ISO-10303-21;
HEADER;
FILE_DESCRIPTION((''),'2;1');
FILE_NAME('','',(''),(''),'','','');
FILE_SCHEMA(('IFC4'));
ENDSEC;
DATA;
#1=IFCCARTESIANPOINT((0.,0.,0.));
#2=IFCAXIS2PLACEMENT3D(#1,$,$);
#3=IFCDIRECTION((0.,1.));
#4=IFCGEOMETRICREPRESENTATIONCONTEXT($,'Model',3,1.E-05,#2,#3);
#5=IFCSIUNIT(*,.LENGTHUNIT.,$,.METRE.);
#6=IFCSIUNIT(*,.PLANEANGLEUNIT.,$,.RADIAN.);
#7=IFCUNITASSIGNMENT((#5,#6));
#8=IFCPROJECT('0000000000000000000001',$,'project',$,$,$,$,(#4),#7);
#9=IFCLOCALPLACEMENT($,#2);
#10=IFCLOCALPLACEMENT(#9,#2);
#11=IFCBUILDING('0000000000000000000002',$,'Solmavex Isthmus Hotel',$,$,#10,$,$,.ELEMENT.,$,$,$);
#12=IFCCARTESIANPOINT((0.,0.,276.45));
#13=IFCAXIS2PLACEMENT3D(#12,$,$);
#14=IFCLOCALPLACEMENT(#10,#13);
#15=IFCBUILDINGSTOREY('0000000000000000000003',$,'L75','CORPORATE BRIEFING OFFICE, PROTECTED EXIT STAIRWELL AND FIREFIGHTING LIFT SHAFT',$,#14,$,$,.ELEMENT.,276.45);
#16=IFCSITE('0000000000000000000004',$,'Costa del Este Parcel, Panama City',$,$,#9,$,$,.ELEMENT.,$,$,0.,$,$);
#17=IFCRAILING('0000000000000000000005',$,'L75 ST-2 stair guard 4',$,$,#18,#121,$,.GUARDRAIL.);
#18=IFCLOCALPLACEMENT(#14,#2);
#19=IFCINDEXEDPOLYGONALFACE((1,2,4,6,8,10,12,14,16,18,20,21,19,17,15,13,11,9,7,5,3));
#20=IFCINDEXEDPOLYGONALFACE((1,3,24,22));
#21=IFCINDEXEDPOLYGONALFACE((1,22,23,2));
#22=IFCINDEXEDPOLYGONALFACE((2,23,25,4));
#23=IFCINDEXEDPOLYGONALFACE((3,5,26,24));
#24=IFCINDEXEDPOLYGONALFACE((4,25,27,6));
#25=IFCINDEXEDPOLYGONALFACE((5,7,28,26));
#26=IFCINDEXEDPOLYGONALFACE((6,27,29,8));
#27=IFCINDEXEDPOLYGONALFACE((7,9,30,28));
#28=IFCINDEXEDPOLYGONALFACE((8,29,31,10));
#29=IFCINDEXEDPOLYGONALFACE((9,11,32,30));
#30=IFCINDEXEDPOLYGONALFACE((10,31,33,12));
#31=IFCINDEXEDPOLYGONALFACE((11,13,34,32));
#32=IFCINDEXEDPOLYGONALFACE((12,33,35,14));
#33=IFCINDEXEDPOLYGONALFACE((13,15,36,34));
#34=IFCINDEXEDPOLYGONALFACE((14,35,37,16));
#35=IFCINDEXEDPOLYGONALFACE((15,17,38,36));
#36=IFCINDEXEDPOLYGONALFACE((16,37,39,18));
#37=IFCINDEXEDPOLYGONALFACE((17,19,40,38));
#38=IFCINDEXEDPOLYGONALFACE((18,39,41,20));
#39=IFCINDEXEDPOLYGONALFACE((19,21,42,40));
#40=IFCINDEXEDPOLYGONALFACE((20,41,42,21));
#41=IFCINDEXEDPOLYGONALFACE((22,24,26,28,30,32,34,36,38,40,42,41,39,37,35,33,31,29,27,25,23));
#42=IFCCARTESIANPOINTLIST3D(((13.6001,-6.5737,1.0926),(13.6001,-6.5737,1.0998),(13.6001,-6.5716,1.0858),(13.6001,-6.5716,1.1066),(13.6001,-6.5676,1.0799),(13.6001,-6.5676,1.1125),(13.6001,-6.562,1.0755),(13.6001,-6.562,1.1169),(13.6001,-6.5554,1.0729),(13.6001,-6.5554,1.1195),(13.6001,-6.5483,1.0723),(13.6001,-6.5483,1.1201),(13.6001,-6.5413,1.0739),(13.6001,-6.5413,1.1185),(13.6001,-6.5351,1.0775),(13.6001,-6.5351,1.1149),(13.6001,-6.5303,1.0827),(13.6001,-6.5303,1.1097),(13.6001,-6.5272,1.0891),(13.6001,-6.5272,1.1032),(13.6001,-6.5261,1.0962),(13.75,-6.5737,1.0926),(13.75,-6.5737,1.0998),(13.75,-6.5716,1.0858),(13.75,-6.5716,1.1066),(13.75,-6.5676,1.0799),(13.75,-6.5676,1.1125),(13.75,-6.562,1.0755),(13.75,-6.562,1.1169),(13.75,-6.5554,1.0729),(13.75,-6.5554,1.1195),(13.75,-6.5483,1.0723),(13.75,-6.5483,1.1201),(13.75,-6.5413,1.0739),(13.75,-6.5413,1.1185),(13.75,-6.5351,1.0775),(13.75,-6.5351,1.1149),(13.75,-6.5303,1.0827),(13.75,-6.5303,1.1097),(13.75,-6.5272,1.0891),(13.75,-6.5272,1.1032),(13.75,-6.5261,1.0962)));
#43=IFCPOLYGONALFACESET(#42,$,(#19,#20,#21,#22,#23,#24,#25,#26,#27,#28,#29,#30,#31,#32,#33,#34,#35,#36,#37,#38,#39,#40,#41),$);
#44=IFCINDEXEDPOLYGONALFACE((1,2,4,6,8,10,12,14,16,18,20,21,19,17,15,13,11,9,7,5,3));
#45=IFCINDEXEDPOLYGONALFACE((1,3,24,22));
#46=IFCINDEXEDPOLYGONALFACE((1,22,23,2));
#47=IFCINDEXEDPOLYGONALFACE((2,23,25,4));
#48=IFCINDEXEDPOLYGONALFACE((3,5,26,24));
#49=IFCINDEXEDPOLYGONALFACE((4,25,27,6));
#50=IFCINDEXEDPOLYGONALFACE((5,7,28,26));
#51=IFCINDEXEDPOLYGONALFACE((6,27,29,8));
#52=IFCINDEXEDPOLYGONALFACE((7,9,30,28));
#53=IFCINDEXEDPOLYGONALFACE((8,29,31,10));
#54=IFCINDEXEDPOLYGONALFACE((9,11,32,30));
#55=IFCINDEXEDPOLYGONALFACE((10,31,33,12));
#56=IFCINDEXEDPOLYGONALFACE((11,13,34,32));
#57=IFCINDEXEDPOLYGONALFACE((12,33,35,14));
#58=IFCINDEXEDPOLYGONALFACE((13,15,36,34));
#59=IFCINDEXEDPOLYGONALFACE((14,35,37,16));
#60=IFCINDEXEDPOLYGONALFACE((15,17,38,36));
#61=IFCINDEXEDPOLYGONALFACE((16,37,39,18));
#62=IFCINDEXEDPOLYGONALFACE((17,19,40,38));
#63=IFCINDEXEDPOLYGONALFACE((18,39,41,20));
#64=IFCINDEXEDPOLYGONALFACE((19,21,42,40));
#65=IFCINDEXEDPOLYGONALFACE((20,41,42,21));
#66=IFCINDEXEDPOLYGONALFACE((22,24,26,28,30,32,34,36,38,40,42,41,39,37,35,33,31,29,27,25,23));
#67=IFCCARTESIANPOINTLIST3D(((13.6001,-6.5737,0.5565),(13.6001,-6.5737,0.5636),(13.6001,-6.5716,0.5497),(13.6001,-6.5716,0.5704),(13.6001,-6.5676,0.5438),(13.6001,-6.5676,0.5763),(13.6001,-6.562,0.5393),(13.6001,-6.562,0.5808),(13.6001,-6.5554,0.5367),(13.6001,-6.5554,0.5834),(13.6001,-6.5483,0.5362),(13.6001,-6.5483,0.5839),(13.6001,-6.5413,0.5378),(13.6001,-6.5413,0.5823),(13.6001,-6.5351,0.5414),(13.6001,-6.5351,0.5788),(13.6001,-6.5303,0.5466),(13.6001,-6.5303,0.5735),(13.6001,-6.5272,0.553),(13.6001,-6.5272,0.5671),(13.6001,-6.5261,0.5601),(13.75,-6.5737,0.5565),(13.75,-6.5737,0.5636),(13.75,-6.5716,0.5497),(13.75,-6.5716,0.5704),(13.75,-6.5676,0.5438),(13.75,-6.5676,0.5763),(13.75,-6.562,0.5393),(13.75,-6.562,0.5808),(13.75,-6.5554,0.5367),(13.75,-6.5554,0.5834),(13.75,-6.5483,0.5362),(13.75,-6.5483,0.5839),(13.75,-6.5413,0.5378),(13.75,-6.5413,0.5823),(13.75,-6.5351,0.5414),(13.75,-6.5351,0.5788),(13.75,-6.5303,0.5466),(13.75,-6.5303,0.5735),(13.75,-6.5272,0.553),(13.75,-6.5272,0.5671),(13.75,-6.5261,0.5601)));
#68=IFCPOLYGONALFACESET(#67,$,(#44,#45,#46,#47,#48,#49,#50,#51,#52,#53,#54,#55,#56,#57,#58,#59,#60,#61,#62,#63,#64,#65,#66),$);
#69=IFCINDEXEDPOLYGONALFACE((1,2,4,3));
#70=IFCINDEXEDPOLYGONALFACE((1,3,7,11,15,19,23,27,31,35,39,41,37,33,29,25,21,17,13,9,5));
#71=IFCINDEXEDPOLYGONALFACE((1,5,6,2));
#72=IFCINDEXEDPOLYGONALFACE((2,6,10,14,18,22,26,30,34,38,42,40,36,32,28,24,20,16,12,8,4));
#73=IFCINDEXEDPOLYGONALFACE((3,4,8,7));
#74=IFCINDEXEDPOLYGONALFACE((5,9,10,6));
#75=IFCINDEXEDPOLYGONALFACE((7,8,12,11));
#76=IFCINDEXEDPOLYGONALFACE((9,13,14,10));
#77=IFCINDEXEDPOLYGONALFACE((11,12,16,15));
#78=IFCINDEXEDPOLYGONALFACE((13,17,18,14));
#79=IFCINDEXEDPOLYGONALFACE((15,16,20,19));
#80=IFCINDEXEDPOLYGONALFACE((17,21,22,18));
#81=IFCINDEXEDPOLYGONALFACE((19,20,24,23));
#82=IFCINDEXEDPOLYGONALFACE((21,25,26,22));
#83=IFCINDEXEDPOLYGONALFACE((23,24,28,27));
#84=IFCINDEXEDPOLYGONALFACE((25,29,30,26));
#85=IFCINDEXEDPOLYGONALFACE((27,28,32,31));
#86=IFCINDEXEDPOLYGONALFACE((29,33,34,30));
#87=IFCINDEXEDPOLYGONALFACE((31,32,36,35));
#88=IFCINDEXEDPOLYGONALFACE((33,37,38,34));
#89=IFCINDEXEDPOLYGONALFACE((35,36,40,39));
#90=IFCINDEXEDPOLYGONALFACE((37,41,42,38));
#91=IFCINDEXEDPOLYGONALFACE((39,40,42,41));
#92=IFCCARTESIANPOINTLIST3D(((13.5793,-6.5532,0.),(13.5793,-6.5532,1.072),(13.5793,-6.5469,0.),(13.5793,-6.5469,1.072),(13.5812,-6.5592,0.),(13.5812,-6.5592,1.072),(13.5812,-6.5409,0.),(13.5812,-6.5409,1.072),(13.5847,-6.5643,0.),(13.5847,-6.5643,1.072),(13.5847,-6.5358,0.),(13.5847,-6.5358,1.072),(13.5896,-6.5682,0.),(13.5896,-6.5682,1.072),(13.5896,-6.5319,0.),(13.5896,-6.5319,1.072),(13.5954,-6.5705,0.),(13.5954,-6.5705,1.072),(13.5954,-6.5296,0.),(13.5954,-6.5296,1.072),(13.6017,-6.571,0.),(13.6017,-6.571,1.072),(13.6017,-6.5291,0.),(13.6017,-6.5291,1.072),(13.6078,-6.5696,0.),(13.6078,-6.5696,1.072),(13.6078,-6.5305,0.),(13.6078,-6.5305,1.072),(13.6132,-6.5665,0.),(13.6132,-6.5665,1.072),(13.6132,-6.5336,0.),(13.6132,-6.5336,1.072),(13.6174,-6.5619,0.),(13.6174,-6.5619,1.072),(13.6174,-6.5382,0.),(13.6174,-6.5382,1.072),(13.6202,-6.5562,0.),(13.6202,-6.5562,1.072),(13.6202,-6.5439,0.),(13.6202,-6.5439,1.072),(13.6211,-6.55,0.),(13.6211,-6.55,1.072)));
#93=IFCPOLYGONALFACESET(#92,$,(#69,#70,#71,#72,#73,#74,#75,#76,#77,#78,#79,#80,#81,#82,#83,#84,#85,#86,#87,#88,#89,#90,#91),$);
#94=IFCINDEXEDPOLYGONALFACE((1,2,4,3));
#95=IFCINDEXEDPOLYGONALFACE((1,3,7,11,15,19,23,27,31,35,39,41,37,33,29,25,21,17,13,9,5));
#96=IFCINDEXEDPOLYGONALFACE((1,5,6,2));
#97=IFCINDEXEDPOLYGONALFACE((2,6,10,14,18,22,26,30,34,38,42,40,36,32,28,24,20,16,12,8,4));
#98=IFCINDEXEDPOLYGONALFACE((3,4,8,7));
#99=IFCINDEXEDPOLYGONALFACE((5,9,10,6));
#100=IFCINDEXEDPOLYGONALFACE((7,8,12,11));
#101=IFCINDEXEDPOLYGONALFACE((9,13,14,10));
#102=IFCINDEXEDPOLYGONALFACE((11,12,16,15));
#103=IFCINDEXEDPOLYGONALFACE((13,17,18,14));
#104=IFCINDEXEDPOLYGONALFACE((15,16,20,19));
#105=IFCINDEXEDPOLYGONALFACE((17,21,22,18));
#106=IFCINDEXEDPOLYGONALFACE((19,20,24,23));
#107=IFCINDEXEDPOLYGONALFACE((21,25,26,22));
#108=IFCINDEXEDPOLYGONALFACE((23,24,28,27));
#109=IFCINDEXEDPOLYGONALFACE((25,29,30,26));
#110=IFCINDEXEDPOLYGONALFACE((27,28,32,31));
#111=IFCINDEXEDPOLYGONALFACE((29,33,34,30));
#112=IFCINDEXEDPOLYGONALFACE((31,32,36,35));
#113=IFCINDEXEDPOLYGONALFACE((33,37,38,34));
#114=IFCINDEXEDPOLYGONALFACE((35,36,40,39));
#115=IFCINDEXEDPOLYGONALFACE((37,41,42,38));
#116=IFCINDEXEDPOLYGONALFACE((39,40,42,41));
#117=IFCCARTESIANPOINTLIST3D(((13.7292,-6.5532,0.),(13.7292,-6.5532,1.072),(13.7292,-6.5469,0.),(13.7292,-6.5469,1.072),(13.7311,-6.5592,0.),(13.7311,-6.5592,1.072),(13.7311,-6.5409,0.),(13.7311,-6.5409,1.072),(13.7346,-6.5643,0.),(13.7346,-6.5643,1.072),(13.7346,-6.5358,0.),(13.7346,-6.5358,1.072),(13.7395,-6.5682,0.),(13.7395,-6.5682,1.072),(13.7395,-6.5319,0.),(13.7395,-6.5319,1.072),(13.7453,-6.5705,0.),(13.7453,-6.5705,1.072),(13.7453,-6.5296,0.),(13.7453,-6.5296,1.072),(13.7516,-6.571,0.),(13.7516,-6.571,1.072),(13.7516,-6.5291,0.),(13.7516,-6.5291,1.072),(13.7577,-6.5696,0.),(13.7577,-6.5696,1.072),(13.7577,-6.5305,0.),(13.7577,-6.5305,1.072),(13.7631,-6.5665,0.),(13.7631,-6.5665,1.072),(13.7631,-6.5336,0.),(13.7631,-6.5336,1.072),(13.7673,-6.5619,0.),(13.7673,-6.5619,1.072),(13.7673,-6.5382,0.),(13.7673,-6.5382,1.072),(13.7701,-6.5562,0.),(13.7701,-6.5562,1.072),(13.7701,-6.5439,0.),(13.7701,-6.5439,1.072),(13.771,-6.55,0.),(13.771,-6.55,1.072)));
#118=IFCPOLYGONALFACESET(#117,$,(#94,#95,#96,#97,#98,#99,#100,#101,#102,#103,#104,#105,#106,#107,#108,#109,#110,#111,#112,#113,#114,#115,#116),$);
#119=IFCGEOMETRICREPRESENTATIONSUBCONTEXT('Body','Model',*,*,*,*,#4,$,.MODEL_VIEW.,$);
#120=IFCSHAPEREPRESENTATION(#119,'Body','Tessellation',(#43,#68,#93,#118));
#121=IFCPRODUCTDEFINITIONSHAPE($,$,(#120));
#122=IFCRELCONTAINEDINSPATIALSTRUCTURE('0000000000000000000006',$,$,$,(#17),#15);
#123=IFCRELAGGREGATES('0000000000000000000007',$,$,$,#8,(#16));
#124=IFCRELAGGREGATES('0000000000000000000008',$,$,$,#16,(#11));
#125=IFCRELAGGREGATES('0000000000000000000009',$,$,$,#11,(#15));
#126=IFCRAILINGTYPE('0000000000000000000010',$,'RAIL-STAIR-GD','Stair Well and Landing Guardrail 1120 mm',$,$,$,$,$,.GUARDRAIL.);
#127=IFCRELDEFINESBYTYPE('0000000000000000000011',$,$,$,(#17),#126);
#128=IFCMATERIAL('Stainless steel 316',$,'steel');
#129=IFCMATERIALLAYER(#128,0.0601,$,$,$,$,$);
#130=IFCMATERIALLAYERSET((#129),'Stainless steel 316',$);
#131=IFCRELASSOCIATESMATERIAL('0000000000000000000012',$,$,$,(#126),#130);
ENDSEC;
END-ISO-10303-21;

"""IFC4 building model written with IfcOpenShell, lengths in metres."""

from ifc_helpers import new_model, si_unit, direction, frame, origin, origin_2d, place, context, subcontext, project, spatial, circle, extrude, material, layer, layer_set, type_object, element, save


model = new_model("IFC4")

# Units and contexts
model_context = context("Model", 3, precision=1e-05, world=origin(), true_north=direction((0.0, 1.0)))
body_context = subcontext(model_context, "Body", "Model", "MODEL_VIEW")
ifc_project = project(units=[si_unit("LENGTHUNIT", "METRE"), si_unit("PLANEANGLEUNIT", "RADIAN")], contexts=[model_context])

# Site, building, storey
site_placement = place(None, origin())
site = spatial("IfcSite", under=ifc_project, at=site_placement, Name="Costa del Este Parcel, Panama City", CompositionType="ELEMENT", RefElevation=0.0)
building_placement = place(site_placement, origin())
building = spatial("IfcBuilding", under=site, at=building_placement, Name="Solmavex Isthmus Hotel", CompositionType="ELEMENT")
storey_placement = place(building_placement, frame((0.0, 0.0, 276.45)))
storey = spatial("IfcBuildingStorey", under=building, at=storey_placement, Name="L75", Description="CORPORATE BRIEFING OFFICE, PROTECTED EXIT STAIRWELL AND FIREFIGHTING LIFT SHAFT", CompositionType="ELEMENT", Elevation=276.45)

# Shared definitions
ifc_material_1 = material(Name="Stainless steel 316", Category="steel")

# Railing
ifc_layer_1 = layer(ifc_material_1, 0.0601)
ifc_layer_set_1 = layer_set([ifc_layer_1], Name="Stainless steel 316")
railing_type_1 = type_object("IfcRailingType", Name="RAIL-STAIR-GD", Description="Stair Well and Landing Guardrail 1120 mm", PredefinedType="GUARDRAIL", material=ifc_layer_set_1)
railing_1_placement = place(storey_placement, frame((13.6001, -6.55, 0.0)))
element("IfcRailing", 1, at=railing_1_placement, inside=storey, type_object=railing_type_1, Name="L75 ST-2 stair guard 4", PredefinedType="GUARDRAIL", context=body_context, shape_type="SweptSolid", body=[
    extrude(circle(Radius=0.0239, at=origin_2d()), frame((0.0, 0.0, 1.0962), z_axis=(1.0, 0.0, 0.0), x_axis=(0.0, 1.0, 0.0)), (0.0, 0.0, 1.0), 0.1499),
    extrude(circle(Radius=0.0239, at=origin_2d()), frame((0.0, 0.0, 0.5601), z_axis=(1.0, 0.0, 0.0), x_axis=(0.0, 1.0, 0.0)), (0.0, 0.0, 1.0), 0.1499),
    extrude(circle(Radius=0.021, at=origin_2d()), origin(), (0.0, 0.0, 1.0), 1.072),
    extrude(circle(Radius=0.021, at=origin_2d()), frame((0.1499, 0.0, 0.0)), (0.0, 0.0, 1.0), 1.072),
])

save(model, "model.ifc")
